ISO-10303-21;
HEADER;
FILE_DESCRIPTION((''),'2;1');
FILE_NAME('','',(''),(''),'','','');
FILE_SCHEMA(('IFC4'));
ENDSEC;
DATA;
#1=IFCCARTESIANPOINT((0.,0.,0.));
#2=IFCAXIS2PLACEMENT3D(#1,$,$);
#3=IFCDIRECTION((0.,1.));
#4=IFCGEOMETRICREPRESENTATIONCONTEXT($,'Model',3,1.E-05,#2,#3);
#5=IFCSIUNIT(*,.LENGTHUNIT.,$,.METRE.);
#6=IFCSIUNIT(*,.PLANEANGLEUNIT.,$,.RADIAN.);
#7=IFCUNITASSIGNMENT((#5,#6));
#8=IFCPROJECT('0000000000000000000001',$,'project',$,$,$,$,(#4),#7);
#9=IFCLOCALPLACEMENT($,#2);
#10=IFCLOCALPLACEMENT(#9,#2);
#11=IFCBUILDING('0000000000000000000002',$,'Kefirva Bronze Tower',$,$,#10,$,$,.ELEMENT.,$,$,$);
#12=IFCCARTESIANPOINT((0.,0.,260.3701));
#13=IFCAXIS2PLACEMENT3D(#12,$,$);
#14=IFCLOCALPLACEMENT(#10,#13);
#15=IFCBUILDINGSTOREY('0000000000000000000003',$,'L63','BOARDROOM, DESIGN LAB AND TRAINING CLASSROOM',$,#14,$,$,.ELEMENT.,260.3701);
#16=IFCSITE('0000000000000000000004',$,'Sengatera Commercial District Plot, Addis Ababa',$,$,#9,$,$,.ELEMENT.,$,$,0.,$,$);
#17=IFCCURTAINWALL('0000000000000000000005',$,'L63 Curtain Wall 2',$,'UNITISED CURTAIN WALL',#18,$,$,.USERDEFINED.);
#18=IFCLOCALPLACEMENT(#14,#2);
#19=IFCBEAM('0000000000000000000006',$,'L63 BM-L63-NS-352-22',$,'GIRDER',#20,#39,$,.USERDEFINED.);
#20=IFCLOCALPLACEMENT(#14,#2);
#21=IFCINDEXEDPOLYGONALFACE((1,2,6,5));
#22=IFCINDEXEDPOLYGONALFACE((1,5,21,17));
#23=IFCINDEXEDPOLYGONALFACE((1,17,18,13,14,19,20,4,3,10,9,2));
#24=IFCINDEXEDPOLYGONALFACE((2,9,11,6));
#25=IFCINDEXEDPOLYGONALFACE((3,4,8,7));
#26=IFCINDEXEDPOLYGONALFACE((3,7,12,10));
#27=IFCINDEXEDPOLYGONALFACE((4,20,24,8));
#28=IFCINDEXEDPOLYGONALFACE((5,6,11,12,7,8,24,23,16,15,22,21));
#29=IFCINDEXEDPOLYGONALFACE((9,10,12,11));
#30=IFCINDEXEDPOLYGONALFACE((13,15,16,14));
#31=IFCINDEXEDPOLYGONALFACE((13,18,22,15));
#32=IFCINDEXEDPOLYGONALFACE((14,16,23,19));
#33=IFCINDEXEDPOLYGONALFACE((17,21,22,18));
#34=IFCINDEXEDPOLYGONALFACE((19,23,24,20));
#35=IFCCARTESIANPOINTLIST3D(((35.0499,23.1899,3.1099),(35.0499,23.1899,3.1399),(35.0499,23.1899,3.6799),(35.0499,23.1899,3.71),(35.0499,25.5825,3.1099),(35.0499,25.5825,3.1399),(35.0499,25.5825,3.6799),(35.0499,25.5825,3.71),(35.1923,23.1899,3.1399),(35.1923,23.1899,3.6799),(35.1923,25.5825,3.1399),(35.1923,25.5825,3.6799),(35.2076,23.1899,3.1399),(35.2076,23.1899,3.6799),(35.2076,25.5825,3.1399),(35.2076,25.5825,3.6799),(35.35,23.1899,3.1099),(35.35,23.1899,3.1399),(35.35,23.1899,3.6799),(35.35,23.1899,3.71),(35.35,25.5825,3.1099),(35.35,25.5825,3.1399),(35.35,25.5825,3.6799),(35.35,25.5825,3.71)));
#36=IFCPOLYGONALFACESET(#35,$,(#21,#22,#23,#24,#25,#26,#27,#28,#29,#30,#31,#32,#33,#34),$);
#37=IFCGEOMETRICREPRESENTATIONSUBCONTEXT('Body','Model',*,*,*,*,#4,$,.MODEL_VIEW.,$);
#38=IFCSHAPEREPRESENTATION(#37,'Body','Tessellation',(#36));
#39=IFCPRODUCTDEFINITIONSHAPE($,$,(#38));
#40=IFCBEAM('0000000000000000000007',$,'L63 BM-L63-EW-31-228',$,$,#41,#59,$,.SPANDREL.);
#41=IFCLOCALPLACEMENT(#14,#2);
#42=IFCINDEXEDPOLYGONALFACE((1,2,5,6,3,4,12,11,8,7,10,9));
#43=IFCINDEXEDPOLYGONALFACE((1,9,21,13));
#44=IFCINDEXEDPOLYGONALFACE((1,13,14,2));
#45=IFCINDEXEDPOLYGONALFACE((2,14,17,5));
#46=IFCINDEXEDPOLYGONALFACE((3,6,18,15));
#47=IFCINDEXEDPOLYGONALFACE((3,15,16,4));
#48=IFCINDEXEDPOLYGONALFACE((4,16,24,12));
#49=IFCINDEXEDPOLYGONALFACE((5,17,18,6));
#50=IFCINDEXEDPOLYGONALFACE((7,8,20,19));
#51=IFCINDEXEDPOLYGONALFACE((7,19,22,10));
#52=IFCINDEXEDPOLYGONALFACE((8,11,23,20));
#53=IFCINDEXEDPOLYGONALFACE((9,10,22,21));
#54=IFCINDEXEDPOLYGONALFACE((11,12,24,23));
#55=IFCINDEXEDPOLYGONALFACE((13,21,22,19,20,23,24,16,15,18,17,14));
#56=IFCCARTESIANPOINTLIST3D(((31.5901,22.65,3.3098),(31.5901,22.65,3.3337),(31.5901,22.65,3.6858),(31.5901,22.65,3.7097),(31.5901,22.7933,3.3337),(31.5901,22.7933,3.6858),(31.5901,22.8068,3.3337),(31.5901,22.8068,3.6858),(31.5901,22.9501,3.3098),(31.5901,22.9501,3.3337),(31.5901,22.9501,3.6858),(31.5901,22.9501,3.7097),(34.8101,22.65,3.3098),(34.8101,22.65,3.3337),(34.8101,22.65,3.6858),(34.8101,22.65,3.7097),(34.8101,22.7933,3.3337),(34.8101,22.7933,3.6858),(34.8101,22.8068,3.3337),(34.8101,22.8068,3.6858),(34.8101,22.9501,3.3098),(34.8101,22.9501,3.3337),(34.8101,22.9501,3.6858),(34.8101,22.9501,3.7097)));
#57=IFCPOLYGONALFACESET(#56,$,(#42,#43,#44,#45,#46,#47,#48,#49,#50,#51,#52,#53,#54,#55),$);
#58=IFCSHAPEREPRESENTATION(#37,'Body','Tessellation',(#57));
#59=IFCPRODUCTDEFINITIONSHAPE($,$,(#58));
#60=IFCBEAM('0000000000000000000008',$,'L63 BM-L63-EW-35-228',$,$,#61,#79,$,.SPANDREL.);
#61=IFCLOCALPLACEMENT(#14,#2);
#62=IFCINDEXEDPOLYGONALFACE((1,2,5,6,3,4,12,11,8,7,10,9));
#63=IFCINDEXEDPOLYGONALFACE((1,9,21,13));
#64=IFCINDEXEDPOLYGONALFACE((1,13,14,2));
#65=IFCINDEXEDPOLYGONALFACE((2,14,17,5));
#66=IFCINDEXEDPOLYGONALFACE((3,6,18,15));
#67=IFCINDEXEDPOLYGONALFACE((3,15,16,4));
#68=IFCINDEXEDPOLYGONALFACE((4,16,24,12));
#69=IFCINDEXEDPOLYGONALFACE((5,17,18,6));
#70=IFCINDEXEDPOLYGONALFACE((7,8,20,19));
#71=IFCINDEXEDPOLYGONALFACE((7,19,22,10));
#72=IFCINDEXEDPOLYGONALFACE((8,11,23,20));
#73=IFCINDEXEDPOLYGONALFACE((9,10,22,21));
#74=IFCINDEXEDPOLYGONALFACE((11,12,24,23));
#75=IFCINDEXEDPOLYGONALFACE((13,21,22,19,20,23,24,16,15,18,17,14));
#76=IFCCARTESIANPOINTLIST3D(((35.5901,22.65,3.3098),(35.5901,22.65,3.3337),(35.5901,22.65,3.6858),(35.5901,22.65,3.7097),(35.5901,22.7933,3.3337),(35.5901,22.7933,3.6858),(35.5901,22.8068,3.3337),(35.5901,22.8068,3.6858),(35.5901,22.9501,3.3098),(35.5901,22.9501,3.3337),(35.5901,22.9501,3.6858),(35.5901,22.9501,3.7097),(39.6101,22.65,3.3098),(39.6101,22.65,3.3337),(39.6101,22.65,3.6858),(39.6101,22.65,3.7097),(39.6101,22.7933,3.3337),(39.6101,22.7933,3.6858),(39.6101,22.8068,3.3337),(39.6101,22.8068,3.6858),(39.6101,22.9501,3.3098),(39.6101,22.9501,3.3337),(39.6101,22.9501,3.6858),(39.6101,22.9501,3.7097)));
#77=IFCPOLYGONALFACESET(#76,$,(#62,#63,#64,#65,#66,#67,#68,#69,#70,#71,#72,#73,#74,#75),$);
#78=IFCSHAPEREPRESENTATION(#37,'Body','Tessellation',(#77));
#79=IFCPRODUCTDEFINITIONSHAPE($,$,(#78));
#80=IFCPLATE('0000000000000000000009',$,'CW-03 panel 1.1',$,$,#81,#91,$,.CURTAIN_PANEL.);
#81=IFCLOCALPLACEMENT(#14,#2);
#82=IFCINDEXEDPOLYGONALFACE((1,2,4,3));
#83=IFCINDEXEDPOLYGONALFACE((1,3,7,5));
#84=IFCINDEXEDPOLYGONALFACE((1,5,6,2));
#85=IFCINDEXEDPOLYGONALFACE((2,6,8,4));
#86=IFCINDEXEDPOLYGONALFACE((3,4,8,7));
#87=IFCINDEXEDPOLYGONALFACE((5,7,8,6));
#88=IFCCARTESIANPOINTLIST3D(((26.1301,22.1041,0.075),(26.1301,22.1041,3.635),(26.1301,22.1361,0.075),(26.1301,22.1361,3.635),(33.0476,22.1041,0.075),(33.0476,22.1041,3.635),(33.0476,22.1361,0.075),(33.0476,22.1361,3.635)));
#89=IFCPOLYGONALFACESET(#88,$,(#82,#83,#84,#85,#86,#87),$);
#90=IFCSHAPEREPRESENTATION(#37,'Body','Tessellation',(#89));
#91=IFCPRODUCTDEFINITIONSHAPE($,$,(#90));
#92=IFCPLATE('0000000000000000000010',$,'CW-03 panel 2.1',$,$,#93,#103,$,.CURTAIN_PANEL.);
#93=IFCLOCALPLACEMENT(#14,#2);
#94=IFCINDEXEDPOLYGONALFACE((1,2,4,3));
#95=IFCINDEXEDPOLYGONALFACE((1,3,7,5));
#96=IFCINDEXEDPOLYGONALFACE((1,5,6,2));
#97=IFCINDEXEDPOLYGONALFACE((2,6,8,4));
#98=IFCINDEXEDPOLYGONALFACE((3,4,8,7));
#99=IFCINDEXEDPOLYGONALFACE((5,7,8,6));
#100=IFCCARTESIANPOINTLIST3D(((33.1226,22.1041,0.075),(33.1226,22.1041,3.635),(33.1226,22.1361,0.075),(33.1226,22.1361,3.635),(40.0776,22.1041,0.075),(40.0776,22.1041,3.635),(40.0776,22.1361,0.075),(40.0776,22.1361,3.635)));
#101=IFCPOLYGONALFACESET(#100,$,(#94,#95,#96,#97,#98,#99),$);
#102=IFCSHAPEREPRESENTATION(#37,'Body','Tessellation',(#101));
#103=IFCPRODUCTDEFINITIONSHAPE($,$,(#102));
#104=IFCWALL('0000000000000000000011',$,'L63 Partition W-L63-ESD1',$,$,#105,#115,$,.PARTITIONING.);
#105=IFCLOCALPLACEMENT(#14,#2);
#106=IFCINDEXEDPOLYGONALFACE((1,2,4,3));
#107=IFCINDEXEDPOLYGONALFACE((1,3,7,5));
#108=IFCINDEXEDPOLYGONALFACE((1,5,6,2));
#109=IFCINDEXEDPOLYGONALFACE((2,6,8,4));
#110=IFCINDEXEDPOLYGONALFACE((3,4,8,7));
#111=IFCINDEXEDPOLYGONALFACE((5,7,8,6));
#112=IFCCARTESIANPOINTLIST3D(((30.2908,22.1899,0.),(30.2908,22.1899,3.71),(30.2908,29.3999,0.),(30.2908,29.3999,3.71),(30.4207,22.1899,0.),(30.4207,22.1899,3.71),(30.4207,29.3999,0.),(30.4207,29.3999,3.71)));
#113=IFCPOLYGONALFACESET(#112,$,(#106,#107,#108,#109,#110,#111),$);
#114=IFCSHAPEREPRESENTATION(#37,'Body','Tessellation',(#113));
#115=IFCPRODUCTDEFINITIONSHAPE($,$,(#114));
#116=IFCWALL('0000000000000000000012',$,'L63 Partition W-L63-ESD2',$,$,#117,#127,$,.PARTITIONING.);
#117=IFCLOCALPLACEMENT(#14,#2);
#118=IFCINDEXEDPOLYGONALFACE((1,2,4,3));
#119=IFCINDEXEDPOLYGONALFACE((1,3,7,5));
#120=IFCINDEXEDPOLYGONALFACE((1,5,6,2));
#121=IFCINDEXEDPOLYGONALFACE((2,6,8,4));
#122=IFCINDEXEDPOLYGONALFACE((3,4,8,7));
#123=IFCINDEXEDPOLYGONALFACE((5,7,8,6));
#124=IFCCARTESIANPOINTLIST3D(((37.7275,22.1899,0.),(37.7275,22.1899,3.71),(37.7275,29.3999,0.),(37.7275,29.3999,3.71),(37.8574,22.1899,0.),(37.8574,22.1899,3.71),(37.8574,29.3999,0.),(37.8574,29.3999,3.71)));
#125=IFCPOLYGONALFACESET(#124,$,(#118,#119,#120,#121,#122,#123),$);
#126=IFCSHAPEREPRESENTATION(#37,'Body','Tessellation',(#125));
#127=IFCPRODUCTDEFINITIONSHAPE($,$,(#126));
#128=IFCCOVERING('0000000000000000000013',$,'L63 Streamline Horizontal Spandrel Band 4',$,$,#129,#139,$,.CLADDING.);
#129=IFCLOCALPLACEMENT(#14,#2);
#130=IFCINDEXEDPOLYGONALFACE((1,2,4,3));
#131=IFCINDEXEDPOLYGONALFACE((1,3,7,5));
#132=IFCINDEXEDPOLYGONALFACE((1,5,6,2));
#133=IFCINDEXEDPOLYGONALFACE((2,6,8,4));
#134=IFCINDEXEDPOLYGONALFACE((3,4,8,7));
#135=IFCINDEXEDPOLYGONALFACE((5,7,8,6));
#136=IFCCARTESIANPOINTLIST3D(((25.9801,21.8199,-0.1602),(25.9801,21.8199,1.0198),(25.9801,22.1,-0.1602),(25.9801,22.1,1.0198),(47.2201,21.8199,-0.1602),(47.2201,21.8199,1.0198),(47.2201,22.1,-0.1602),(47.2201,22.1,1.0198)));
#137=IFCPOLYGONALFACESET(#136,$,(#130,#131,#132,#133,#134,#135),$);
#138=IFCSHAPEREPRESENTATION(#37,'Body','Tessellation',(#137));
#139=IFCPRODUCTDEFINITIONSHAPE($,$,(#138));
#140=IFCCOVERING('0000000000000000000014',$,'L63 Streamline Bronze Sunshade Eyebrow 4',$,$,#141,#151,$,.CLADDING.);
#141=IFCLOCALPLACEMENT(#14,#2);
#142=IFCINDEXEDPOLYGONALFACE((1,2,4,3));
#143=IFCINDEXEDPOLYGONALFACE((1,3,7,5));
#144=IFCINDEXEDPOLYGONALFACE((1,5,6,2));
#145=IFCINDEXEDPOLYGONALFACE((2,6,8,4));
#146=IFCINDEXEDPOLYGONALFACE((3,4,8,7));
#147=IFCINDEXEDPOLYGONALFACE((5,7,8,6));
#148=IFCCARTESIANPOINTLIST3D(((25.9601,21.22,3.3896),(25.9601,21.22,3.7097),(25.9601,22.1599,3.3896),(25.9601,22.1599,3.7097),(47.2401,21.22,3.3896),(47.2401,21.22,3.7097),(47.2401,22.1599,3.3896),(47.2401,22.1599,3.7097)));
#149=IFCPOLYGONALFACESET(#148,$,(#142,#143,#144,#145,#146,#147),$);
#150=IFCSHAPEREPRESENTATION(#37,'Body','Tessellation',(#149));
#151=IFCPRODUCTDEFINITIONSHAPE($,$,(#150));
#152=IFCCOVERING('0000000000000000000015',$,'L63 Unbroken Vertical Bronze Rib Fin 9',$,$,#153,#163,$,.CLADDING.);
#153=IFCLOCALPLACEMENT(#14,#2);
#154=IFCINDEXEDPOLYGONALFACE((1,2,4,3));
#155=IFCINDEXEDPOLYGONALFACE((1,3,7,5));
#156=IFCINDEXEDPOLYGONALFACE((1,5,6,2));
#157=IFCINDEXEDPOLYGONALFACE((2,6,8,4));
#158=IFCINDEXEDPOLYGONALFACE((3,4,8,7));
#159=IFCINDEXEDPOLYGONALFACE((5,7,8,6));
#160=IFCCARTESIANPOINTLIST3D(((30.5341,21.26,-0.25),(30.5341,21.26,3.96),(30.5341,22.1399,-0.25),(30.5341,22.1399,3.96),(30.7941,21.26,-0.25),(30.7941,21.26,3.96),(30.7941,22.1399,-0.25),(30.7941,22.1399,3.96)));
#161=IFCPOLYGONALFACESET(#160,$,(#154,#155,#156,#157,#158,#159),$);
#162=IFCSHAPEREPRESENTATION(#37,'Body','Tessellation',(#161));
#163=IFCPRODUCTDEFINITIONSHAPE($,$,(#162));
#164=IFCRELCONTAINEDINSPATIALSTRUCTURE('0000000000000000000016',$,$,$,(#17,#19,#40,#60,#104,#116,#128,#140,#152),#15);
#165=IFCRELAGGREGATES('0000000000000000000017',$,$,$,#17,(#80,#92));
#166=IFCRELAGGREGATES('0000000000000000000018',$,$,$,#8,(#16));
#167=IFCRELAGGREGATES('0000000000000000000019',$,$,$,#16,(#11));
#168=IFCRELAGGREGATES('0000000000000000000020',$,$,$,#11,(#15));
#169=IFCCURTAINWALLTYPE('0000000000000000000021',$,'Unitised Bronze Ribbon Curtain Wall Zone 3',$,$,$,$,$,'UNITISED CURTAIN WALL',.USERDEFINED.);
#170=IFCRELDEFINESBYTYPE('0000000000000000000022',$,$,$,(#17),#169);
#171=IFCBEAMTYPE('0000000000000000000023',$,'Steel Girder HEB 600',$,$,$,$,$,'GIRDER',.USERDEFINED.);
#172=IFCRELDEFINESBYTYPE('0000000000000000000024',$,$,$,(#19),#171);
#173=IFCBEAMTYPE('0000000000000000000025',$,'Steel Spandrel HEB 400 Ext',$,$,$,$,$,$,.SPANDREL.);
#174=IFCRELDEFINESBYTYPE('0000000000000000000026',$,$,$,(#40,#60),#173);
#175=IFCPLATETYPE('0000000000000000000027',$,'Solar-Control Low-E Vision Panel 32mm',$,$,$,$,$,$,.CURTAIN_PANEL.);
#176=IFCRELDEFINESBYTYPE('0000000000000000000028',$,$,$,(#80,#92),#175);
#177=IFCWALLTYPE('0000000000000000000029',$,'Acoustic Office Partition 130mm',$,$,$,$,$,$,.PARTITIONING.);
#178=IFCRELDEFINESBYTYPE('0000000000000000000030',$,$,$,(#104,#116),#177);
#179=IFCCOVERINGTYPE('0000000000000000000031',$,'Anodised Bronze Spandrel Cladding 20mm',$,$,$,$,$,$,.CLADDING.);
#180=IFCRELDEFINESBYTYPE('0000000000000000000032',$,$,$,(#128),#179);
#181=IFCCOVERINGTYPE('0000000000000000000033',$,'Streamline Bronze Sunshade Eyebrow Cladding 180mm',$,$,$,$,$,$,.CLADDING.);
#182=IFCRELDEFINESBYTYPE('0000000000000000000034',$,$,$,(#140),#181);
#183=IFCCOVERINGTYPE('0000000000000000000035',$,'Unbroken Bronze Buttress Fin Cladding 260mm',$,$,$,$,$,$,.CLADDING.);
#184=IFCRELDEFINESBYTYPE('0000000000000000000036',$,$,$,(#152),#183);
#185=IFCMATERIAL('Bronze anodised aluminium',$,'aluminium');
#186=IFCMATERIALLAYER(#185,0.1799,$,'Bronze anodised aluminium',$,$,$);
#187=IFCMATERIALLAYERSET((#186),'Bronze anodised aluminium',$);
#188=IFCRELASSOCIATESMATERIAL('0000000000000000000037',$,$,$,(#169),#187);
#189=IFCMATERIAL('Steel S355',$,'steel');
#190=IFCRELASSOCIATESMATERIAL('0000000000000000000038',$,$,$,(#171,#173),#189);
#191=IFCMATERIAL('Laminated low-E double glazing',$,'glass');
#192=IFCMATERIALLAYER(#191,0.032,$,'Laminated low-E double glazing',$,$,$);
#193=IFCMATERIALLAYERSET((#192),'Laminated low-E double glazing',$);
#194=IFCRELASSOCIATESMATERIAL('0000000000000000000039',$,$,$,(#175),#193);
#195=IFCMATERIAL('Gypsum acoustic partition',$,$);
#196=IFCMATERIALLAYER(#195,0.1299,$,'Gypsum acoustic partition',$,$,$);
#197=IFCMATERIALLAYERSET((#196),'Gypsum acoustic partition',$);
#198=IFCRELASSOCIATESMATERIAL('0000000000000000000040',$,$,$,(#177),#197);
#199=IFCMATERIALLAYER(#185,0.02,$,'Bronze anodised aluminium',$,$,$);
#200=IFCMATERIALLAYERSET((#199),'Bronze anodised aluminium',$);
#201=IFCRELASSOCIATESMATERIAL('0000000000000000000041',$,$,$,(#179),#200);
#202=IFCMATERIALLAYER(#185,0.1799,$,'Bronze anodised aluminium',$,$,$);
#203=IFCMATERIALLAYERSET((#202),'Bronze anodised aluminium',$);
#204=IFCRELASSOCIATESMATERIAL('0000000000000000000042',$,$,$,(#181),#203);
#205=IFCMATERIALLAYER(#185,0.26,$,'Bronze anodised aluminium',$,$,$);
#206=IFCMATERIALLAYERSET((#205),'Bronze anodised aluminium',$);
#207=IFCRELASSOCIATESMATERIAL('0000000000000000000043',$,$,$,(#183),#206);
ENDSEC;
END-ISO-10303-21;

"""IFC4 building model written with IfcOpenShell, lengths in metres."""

from ifc_helpers import new_model, si_unit, direction, frame, frame_2d, origin, origin_2d, place, context, subcontext, project, spatial, rectangle, i_section, extrude, material, layer, layer_set, material_profile, profile_set, type_object, element, aggregate, save


model = new_model("IFC4")

# Units and contexts
model_context = context("Model", 3, precision=1e-05, world=origin(), true_north=direction((0.0, 1.0)))
body_context = subcontext(model_context, "Body", "Model", "MODEL_VIEW")
ifc_project = project(units=[si_unit("LENGTHUNIT", "METRE"), si_unit("PLANEANGLEUNIT", "RADIAN")], contexts=[model_context])

# Site, building, storey
site_placement = place(None, origin())
site = spatial("IfcSite", under=ifc_project, at=site_placement, Name="Sengatera Commercial District Plot, Addis Ababa", CompositionType="ELEMENT", RefElevation=0.0)
building_placement = place(site_placement, origin())
building = spatial("IfcBuilding", under=site, at=building_placement, Name="Kefirva Bronze Tower", CompositionType="ELEMENT")
storey_placement = place(building_placement, frame((0.0, 0.0, 260.3701)))
storey = spatial("IfcBuildingStorey", under=building, at=storey_placement, Name="L63", Description="BOARDROOM, DESIGN LAB AND TRAINING CLASSROOM", CompositionType="ELEMENT", Elevation=260.3701)

# Curtain wall
ifc_material_1 = material(Name="Bronze anodised aluminium", Category="aluminium")
ifc_layer_1 = layer(ifc_material_1, 0.1799, Name="Bronze anodised aluminium")
ifc_layer_set_1 = layer_set([ifc_layer_1], Name="Bronze anodised aluminium")
curtain_wall_type = type_object("IfcCurtainWallType", Name="Unitised Bronze Ribbon Curtain Wall Zone 3", ElementType="UNITISED CURTAIN WALL", PredefinedType="USERDEFINED", material=ifc_layer_set_1)
curtain_wall_placement = place(storey_placement, origin())
curtain_wall = element("IfcCurtainWall", 1, at=curtain_wall_placement, inside=storey, type_object=curtain_wall_type, Name="L63 Curtain Wall 2", ObjectType="UNITISED CURTAIN WALL", PredefinedType="USERDEFINED")

# Beams
ifc_material_2 = material(Name="Steel S355", Category="steel")
ifc_material_profile_1 = material_profile(ifc_material_2, i_section(OverallWidth=0.3, OverallDepth=0.6001, WebThickness=0.0154, FlangeThickness=0.03, at=origin_2d()), Name="HEB 600")
ifc_profile_set_1 = profile_set([ifc_material_profile_1], Name="Steel S355")
beam_type_1 = type_object("IfcBeamType", Name="Steel Girder HEB 600", ElementType="GIRDER", PredefinedType="USERDEFINED", material=ifc_profile_set_1)
for number, where, z_axis, x_axis, name in (
    (2, (35.2, 23.1899, 3.4099), (0.0, 1.0, 0.0), (-1.0, 0.0, 0.0), "L63 BM-L63-NS-352-22"),
):
    element("IfcBeam", number, at=place(storey_placement, frame(where, z_axis=z_axis, x_axis=x_axis)), inside=storey, type_object=beam_type_1, Name=name, ObjectType="GIRDER", PredefinedType="USERDEFINED", context=body_context, shape_type="SweptSolid", body=[
        extrude(i_section(OverallWidth=0.3, OverallDepth=0.6001, WebThickness=0.0154, FlangeThickness=0.03, at=origin_2d()), origin(), (0.0, 0.0, 1.0), 2.3926),
    ])
ifc_material_profile_2 = material_profile(ifc_material_2, i_section(OverallWidth=0.3, OverallDepth=0.3999, WebThickness=0.0134, FlangeThickness=0.0239, at=origin_2d()), Name="HEB 400")
ifc_profile_set_2 = profile_set([ifc_material_profile_2], Name="Steel S355")
beam_type_2 = type_object("IfcBeamType", Name="Steel Spandrel HEB 400 Ext", PredefinedType="SPANDREL", material=ifc_profile_set_2)
beam_1_placement = place(storey_placement, frame((31.5901, 22.8, 3.5098), z_axis=(1.0, 0.0, 0.0), x_axis=(0.0, 1.0, 0.0)))
element("IfcBeam", 3, at=beam_1_placement, inside=storey, type_object=beam_type_2, Name="L63 BM-L63-EW-31-228", PredefinedType="SPANDREL", context=body_context, shape_type="SweptSolid", body=[
    extrude(i_section(OverallWidth=0.3, OverallDepth=0.3999, WebThickness=0.0134, FlangeThickness=0.0239, at=origin_2d()), origin(), (0.0, 0.0, 1.0), 3.22),
])
beam_2_placement = place(storey_placement, frame((35.5901, 22.8, 3.5098), z_axis=(1.0, 0.0, 0.0), x_axis=(0.0, 1.0, 0.0)))
element("IfcBeam", 4, at=beam_2_placement, inside=storey, type_object=beam_type_2, Name="L63 BM-L63-EW-35-228", PredefinedType="SPANDREL", context=body_context, shape_type="SweptSolid", body=[
    extrude(i_section(OverallWidth=0.3, OverallDepth=0.3999, WebThickness=0.0134, FlangeThickness=0.0239, at=origin_2d()), origin(), (0.0, 0.0, 1.0), 4.02),
])

# Plates
ifc_material_3 = material(Name="Laminated low-E double glazing", Category="glass")
ifc_layer_2 = layer(ifc_material_3, 0.032, Name="Laminated low-E double glazing")
ifc_layer_set_2 = layer_set([ifc_layer_2], Name="Laminated low-E double glazing")
plate_type = type_object("IfcPlateType", Name="Solar-Control Low-E Vision Panel 32mm", PredefinedType="CURTAIN_PANEL", material=ifc_layer_set_2)
plate_1_placement = place(storey_placement, frame((29.5889, 22.1201, 0.075), z_axis=(0.0, 0.0, 1.0), x_axis=(1.0, 0.0, 0.0)))
plate_1 = element("IfcPlate", 5, at=plate_1_placement, type_object=plate_type, Name="CW-03 panel 1.1", PredefinedType="CURTAIN_PANEL", context=body_context, shape_type="SweptSolid", body=[
    extrude(rectangle(XDim=6.9175, YDim=0.032, at=origin_2d()), origin(), (0.0, 0.0, 1.0), 3.5601),
])
plate_2_placement = place(storey_placement, frame((36.6001, 22.1201, 0.075), z_axis=(0.0, 0.0, 1.0), x_axis=(1.0, 0.0, 0.0)))
plate_2 = element("IfcPlate", 6, at=plate_2_placement, type_object=plate_type, Name="CW-03 panel 2.1", PredefinedType="CURTAIN_PANEL", context=body_context, shape_type="SweptSolid", body=[
    extrude(rectangle(XDim=6.9551, YDim=0.032, at=origin_2d()), origin(), (0.0, 0.0, 1.0), 3.5601),
])
aggregate(curtain_wall, [plate_1, plate_2])

# Walls
ifc_material_4 = material(Name="Gypsum acoustic partition")
ifc_layer_3 = layer(ifc_material_4, 0.1299, Name="Gypsum acoustic partition")
ifc_layer_set_3 = layer_set([ifc_layer_3], Name="Gypsum acoustic partition")
wall_type = type_object("IfcWallType", Name="Acoustic Office Partition 130mm", PredefinedType="PARTITIONING", material=ifc_layer_set_3)
for number, where, z_axis, x_axis, name in (
    (7, (30.3557, 22.1899, 0.0), (0.0, 0.0, 1.0), (0.0, 1.0, 0.0), "L63 Partition W-L63-ESD1"),
    (8, (37.7925, 22.1899, 0.0), (0.0, 0.0, 1.0), (0.0, 1.0, 0.0), "L63 Partition W-L63-ESD2"),
):
    element("IfcWall", number, at=place(storey_placement, frame(where, z_axis=z_axis, x_axis=x_axis)), inside=storey, type_object=wall_type, Name=name, PredefinedType="PARTITIONING", context=body_context, shape_type="SweptSolid", body=[
        extrude(rectangle(XDim=7.21, YDim=0.1299, at=frame_2d((3.605, 0.0))), origin(), (0.0, 0.0, 1.0), 3.71),
    ])

# Coverings
ifc_layer_4 = layer(ifc_material_1, 0.02, Name="Bronze anodised aluminium")
ifc_layer_set_4 = layer_set([ifc_layer_4], Name="Bronze anodised aluminium")
covering_type_1 = type_object("IfcCoveringType", Name="Anodised Bronze Spandrel Cladding 20mm", PredefinedType="CLADDING", material=ifc_layer_set_4)
covering_1_placement = place(storey_placement, frame((36.6001, 21.96, -0.1602), z_axis=(0.0, 0.0, 1.0), x_axis=(1.0, 0.0, 0.0)))
element("IfcCovering", 9, at=covering_1_placement, inside=storey, type_object=covering_type_1, Name="L63 Streamline Horizontal Spandrel Band 4", PredefinedType="CLADDING", context=body_context, shape_type="SweptSolid", body=[
    extrude(rectangle(XDim=21.24, YDim=0.28, at=origin_2d()), origin(), (0.0, 0.0, 1.0), 1.1799),
])
ifc_layer_5 = layer(ifc_material_1, 0.1799, Name="Bronze anodised aluminium")
ifc_layer_set_5 = layer_set([ifc_layer_5], Name="Bronze anodised aluminium")
covering_type_2 = type_object("IfcCoveringType", Name="Streamline Bronze Sunshade Eyebrow Cladding 180mm", PredefinedType="CLADDING", material=ifc_layer_set_5)
covering_2_placement = place(storey_placement, frame((36.6001, 21.6899, 3.3896), z_axis=(0.0, 0.0, 1.0), x_axis=(1.0, 0.0, 0.0)))
element("IfcCovering", 10, at=covering_2_placement, inside=storey, type_object=covering_type_2, Name="L63 Streamline Bronze Sunshade Eyebrow 4", PredefinedType="CLADDING", context=body_context, shape_type="SweptSolid", body=[
    extrude(rectangle(XDim=21.28, YDim=0.9399, at=origin_2d()), origin(), (0.0, 0.0, 1.0), 0.3201),
])
ifc_layer_6 = layer(ifc_material_1, 0.26, Name="Bronze anodised aluminium")
ifc_layer_set_6 = layer_set([ifc_layer_6], Name="Bronze anodised aluminium")
covering_type_3 = type_object("IfcCoveringType", Name="Unbroken Bronze Buttress Fin Cladding 260mm", PredefinedType="CLADDING", material=ifc_layer_set_6)
covering_3_placement = place(storey_placement, frame((30.6641, 21.7, -0.25), z_axis=(0.0, 0.0, 1.0), x_axis=(1.0, 0.0, 0.0)))
element("IfcCovering", 11, at=covering_3_placement, inside=storey, type_object=covering_type_3, Name="L63 Unbroken Vertical Bronze Rib Fin 9", PredefinedType="CLADDING", context=body_context, shape_type="SweptSolid", body=[
    extrude(rectangle(XDim=0.26, YDim=0.8799, at=origin_2d()), origin(), (0.0, 0.0, 1.0), 4.21),
])

save(model, "model.ifc")
